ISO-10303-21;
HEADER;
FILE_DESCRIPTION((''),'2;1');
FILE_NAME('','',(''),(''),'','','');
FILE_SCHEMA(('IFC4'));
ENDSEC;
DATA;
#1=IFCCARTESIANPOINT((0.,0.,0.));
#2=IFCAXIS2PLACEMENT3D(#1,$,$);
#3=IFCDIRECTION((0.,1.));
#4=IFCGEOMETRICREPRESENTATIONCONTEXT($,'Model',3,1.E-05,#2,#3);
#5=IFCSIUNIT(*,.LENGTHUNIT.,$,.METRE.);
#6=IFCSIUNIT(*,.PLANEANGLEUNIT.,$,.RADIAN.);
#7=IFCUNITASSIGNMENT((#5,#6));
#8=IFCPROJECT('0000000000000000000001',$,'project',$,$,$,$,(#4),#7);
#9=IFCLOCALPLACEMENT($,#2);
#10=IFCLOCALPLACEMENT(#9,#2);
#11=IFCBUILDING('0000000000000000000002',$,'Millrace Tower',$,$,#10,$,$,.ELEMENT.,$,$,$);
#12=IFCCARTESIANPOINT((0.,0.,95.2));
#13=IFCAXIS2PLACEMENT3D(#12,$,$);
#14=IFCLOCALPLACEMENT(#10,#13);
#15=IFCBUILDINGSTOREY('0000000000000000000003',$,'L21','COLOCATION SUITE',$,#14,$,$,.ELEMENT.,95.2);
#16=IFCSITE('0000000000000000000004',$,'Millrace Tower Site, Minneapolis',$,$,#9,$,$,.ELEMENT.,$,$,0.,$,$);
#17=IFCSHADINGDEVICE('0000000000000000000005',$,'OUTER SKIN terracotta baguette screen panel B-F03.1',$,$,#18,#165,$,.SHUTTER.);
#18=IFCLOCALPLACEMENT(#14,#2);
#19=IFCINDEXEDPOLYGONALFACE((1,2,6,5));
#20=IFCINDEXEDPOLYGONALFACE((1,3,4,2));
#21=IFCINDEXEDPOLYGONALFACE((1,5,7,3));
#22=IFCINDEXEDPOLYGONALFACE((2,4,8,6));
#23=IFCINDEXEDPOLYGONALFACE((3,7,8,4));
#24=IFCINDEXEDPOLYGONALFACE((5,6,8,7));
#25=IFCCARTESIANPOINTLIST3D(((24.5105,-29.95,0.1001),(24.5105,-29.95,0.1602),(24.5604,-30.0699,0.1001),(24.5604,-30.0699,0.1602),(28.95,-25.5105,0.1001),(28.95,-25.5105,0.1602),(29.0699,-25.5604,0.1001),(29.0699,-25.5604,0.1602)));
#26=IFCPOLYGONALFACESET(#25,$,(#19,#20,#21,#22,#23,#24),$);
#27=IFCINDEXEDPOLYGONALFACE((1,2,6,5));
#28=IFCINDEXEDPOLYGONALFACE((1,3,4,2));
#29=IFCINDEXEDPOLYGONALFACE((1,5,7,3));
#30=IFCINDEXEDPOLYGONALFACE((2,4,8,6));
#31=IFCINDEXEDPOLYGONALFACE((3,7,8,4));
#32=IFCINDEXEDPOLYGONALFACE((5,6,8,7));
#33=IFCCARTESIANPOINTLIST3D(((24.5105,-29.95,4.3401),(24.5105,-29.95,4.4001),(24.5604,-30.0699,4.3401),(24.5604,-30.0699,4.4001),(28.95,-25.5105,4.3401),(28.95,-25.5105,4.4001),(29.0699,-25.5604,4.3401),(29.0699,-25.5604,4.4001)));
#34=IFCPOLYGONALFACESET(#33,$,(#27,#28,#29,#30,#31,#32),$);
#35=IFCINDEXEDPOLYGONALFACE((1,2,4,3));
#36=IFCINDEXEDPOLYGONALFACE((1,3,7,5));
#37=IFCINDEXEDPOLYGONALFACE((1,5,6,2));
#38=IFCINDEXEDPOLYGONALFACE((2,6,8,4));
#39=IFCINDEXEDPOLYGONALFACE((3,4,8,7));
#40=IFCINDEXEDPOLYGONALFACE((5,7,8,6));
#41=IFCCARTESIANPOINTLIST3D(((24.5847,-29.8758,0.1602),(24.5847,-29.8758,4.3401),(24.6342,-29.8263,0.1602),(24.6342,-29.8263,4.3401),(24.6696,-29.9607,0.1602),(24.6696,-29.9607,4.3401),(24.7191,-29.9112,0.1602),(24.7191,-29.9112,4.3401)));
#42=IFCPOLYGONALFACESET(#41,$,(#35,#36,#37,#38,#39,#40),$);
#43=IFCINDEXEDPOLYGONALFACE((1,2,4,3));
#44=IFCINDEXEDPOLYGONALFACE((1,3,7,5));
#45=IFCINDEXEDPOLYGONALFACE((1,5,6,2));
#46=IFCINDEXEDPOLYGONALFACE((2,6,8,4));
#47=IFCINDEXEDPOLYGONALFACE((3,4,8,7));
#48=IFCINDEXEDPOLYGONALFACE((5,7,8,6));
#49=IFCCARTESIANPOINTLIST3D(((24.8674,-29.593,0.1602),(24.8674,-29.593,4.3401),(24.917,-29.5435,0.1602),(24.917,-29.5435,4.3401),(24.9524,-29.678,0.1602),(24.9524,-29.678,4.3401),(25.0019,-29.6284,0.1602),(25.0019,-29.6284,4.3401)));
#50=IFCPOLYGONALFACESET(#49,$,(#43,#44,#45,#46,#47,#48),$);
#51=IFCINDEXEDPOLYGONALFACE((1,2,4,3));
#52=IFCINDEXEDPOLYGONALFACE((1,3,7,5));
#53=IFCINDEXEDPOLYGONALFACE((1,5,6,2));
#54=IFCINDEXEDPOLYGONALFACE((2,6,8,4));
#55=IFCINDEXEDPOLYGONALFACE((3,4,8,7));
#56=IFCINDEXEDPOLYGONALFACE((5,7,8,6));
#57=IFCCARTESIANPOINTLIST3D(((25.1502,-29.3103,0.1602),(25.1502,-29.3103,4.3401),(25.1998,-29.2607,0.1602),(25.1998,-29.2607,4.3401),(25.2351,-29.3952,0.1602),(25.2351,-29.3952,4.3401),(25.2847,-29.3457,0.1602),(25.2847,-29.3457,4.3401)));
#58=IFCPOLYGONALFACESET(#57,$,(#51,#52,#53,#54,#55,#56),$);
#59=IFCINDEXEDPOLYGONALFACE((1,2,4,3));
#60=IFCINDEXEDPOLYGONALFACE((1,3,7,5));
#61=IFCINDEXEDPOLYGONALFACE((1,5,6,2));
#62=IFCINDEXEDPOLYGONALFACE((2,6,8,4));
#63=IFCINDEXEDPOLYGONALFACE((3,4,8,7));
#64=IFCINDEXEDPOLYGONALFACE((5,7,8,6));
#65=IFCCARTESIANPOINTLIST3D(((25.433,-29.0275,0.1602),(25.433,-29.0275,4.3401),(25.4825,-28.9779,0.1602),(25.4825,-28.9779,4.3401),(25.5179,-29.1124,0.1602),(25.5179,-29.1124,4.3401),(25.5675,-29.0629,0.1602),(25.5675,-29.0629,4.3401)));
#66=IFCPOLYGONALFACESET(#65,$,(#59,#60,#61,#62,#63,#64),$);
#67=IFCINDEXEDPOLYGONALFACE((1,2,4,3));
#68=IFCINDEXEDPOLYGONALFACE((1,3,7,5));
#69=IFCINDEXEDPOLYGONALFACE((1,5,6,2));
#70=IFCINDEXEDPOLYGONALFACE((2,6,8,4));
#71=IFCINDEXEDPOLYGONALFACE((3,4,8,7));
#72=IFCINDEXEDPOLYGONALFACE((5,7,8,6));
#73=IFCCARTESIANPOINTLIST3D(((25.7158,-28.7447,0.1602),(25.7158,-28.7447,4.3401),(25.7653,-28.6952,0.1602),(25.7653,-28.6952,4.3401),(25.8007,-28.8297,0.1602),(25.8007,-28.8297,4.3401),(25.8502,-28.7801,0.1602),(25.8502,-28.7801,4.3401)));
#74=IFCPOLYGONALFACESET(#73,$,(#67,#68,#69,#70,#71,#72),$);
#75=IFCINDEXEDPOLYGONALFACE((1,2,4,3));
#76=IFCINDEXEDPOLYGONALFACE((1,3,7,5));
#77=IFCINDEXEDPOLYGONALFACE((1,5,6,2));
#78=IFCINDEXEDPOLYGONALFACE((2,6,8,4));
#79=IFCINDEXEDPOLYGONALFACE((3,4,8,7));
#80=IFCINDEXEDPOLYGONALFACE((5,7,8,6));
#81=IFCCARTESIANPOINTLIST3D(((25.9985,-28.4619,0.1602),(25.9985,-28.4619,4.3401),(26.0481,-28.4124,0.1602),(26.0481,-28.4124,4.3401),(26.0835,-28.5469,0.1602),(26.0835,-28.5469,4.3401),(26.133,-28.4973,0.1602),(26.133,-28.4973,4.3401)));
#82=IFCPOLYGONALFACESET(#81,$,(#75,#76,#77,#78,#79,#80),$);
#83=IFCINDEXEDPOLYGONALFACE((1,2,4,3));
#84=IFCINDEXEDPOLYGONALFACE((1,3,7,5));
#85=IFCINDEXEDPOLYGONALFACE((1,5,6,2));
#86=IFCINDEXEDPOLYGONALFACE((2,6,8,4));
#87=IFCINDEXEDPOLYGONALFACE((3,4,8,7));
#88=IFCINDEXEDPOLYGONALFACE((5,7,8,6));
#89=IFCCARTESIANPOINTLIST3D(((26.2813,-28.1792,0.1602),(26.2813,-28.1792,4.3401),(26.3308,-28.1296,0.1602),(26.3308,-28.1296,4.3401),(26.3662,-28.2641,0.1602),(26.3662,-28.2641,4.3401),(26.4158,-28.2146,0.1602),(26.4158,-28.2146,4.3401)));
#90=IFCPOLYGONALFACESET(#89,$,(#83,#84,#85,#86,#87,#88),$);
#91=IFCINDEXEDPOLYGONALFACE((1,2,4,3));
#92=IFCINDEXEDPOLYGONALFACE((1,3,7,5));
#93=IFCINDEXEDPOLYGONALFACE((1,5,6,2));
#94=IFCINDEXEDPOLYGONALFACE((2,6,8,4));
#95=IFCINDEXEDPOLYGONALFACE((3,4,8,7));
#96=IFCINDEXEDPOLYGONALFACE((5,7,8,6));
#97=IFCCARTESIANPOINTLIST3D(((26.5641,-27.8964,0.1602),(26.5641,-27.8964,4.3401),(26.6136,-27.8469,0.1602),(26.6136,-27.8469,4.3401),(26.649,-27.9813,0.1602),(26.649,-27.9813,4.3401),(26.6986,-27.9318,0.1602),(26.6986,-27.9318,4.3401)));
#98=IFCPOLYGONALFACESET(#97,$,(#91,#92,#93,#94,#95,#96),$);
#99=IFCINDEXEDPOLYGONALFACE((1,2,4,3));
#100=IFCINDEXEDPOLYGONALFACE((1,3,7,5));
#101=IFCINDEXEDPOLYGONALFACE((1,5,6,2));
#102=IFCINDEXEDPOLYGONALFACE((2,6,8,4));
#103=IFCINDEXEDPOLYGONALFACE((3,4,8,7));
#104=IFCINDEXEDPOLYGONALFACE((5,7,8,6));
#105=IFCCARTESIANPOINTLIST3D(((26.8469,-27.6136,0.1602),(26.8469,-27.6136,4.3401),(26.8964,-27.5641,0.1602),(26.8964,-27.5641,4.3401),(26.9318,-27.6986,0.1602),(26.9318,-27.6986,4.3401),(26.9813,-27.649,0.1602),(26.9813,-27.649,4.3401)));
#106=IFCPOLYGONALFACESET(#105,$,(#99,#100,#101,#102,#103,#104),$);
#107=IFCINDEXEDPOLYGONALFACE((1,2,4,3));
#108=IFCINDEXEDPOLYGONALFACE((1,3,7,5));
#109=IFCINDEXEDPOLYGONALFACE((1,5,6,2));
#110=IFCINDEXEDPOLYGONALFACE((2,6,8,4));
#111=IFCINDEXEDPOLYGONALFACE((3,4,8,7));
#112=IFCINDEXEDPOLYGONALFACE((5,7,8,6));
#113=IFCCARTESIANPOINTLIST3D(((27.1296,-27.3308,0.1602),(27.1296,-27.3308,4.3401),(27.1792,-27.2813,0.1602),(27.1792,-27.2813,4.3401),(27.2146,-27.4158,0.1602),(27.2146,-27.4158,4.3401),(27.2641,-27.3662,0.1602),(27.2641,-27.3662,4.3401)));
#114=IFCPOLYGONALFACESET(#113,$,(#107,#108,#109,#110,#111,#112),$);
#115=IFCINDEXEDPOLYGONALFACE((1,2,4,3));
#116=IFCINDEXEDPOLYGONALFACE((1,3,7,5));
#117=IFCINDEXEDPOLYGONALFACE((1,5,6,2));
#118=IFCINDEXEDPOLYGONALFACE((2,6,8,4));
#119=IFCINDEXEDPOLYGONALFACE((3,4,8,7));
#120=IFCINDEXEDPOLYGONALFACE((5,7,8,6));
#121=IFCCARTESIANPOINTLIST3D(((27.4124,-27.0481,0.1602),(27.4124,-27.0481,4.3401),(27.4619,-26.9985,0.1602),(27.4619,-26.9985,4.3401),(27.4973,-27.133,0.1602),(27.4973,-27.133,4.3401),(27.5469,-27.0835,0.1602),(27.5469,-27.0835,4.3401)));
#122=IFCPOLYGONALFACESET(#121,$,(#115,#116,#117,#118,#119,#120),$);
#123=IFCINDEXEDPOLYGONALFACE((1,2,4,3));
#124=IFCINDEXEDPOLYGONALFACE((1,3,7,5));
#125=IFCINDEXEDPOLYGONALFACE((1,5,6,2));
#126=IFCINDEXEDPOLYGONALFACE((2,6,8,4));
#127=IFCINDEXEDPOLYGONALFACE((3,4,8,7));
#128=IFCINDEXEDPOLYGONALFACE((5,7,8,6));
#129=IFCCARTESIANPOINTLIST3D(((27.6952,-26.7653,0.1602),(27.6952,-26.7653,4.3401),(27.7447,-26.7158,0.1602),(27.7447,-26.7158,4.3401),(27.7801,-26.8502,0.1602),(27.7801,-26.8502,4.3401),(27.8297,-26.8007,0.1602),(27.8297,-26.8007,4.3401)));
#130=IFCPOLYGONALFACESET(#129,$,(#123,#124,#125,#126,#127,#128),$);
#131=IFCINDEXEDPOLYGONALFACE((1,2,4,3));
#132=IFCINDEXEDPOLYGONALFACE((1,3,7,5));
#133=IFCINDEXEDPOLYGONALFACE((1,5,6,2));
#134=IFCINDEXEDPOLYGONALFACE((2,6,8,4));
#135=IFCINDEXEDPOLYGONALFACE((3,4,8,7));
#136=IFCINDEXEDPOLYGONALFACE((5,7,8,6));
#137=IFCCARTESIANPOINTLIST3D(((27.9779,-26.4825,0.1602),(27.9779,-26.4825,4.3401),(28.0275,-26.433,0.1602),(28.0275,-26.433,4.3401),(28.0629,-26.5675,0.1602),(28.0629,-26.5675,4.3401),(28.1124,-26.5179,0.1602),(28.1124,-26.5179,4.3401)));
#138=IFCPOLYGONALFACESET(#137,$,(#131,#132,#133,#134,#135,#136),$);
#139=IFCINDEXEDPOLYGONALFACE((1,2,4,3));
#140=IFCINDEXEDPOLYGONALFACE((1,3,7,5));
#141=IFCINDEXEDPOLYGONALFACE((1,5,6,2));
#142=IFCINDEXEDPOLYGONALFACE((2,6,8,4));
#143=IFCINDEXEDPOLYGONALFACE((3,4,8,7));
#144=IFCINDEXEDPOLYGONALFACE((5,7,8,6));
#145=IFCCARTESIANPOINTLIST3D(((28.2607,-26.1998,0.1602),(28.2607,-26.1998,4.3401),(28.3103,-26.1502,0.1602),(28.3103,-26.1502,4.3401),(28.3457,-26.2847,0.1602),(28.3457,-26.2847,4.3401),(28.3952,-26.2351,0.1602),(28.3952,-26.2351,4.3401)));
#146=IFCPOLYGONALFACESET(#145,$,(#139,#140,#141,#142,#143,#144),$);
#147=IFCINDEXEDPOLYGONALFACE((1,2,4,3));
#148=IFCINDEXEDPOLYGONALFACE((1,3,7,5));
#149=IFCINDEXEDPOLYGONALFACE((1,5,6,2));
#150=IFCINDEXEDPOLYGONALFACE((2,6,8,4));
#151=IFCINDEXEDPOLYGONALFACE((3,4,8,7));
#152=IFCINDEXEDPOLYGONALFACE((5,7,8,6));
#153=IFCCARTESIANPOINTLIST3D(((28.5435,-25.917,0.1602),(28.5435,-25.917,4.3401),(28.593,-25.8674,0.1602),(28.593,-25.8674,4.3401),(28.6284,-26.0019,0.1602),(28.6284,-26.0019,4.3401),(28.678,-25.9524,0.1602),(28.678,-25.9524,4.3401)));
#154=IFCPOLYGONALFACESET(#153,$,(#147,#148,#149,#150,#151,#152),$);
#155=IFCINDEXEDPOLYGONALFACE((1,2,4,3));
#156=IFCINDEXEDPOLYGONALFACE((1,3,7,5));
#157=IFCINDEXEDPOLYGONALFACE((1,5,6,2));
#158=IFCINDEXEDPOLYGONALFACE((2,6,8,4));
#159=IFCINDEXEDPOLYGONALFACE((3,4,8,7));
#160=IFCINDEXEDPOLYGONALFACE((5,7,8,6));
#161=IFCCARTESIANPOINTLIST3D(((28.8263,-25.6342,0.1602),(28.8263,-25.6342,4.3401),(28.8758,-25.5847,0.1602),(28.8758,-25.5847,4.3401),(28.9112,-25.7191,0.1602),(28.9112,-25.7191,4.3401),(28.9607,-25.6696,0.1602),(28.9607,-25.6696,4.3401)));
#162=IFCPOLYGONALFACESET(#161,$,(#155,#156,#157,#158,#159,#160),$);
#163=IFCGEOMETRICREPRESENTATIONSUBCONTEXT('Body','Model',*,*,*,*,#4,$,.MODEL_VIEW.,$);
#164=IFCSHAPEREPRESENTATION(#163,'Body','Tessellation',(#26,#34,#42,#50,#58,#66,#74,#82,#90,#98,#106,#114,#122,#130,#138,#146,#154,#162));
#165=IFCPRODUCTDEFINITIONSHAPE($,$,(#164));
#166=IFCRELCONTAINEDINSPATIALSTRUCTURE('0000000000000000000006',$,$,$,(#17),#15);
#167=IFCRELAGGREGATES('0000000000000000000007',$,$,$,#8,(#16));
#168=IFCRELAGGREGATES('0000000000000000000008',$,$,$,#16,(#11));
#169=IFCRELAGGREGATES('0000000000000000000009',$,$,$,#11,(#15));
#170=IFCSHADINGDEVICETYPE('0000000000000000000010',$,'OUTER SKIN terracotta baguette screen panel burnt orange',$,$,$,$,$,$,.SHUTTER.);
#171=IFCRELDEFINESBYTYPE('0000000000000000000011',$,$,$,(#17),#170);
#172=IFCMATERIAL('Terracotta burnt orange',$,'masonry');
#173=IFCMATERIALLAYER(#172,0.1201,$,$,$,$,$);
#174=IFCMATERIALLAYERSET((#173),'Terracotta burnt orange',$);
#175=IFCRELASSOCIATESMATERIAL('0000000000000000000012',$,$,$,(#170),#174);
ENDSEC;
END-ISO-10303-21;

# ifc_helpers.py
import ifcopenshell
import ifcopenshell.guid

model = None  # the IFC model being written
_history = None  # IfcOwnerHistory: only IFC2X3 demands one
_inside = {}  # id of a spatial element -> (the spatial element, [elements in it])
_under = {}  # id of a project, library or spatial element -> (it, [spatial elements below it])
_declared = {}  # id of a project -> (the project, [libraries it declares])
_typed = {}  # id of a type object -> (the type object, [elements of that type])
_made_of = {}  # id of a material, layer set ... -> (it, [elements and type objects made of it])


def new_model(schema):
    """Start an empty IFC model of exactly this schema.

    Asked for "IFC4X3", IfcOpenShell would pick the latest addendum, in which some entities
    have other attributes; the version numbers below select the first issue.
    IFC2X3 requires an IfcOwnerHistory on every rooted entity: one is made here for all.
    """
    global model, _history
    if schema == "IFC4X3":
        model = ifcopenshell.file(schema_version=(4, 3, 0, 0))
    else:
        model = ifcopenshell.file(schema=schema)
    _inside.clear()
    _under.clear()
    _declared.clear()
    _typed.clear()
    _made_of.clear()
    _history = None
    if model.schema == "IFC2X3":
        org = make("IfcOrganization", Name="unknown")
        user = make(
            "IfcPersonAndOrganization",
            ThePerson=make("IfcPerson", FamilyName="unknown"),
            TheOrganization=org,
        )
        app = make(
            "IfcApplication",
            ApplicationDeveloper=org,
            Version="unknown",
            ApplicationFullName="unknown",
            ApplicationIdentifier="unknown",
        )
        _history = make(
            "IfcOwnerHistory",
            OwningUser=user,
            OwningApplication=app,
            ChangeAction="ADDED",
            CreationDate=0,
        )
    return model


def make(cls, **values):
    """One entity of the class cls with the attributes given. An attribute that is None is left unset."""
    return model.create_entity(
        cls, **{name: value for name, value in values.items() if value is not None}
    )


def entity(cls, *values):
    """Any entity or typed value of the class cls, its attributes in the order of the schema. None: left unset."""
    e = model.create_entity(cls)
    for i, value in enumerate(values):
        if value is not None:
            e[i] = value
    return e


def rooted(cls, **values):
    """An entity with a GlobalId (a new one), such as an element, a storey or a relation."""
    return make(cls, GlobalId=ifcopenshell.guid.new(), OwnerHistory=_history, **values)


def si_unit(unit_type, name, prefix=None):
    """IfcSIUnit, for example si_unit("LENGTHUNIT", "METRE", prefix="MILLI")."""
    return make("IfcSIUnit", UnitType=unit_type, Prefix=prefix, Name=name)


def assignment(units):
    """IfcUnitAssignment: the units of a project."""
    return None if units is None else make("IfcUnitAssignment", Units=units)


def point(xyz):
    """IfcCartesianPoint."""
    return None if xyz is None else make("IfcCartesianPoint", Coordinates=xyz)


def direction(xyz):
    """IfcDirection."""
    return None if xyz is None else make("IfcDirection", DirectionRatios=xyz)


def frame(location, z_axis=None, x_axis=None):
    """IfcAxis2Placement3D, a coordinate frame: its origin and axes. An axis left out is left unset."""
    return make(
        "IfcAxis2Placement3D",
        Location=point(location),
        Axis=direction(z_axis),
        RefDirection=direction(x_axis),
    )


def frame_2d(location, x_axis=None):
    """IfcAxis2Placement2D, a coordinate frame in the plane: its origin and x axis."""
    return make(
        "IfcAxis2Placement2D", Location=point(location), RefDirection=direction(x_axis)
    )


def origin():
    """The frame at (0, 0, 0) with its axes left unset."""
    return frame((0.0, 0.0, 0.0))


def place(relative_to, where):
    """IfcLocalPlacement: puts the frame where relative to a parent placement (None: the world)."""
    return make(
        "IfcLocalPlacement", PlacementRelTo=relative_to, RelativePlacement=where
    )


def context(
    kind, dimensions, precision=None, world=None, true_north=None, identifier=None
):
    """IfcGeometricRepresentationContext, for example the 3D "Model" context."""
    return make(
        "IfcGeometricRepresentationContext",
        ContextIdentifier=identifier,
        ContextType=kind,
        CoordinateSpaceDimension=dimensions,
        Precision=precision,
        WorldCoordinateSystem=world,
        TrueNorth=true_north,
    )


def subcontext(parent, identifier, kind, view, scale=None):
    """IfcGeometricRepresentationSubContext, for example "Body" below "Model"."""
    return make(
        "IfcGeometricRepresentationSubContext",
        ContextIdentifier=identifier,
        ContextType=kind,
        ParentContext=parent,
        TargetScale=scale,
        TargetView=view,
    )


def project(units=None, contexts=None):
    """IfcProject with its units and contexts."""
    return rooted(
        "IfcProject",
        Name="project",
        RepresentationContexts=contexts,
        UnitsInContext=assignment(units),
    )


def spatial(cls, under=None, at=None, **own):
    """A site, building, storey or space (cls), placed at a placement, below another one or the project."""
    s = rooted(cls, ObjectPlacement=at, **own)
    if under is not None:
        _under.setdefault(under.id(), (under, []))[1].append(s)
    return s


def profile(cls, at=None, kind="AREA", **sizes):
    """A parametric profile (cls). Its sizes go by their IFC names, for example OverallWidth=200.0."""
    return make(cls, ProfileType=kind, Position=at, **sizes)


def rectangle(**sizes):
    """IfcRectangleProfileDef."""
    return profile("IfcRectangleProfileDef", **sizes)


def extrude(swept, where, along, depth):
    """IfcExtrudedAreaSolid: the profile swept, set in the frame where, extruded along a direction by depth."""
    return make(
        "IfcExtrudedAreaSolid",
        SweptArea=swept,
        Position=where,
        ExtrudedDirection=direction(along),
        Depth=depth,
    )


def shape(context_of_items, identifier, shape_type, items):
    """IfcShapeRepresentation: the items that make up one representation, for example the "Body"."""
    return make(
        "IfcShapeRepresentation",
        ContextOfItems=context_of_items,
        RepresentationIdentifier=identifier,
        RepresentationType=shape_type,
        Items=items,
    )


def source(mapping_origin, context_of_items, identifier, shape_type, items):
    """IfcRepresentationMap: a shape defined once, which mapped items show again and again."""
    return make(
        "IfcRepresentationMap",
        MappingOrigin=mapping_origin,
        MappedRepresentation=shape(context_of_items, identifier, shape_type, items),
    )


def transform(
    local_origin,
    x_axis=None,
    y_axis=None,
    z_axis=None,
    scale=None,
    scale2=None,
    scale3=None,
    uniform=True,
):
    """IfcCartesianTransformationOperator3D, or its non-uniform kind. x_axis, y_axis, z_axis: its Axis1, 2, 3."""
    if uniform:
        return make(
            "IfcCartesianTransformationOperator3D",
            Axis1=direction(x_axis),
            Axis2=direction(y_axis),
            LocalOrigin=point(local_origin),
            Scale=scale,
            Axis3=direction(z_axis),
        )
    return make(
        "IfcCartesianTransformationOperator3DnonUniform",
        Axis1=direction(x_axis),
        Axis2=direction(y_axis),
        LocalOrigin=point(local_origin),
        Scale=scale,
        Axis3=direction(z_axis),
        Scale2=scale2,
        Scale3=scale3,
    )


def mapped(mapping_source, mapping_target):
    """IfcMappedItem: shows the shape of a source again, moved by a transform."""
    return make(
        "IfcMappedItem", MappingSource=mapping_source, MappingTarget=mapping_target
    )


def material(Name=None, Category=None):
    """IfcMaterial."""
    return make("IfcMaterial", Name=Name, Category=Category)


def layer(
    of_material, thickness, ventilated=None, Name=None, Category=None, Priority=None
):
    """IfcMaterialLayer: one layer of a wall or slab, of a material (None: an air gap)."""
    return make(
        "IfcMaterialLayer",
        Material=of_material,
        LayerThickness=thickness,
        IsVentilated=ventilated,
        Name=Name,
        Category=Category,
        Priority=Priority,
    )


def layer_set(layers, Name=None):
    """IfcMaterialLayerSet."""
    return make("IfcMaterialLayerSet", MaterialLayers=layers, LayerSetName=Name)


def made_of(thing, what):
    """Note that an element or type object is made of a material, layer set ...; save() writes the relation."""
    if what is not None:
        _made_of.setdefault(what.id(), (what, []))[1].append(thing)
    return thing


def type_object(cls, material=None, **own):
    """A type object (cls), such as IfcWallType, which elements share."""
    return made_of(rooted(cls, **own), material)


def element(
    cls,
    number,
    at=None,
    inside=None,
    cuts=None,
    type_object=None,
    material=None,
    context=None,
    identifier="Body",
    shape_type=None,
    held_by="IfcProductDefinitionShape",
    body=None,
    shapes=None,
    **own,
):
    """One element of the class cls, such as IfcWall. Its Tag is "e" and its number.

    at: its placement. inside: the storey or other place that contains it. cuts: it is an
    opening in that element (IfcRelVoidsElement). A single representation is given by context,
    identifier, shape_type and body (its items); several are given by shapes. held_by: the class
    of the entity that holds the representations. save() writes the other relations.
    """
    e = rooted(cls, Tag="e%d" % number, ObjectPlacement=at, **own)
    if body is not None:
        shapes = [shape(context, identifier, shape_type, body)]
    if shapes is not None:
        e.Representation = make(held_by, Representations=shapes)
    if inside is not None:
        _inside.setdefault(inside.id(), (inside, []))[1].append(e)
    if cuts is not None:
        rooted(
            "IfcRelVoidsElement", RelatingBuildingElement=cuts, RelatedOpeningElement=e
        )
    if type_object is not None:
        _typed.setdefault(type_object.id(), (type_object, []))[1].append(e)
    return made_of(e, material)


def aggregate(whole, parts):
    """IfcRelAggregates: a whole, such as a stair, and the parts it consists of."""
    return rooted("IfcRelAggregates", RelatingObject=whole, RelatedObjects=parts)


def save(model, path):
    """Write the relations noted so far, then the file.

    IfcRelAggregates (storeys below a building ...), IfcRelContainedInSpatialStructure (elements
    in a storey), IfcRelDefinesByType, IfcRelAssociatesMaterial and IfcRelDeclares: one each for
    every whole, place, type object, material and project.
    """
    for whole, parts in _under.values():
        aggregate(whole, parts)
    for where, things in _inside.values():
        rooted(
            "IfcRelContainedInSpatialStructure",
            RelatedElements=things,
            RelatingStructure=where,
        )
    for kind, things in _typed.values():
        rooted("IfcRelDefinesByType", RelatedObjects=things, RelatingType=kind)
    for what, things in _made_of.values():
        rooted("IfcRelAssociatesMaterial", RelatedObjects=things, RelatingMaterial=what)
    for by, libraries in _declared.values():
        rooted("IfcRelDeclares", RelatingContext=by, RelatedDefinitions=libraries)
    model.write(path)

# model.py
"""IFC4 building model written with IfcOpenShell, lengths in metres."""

from ifc_helpers import new_model, entity, si_unit, direction, frame, frame_2d, origin, place, context, subcontext, project, spatial, rectangle, extrude, source, transform, mapped, material, layer, layer_set, type_object, element, save


model = new_model("IFC4")

# Units and contexts
model_context = context("Model", 3, precision=1e-05, world=origin(), true_north=direction((0.0, 1.0)))
body_context = subcontext(model_context, "Body", "Model", "MODEL_VIEW")
ifc_project = project(units=[si_unit("LENGTHUNIT", "METRE"), si_unit("PLANEANGLEUNIT", "RADIAN")], contexts=[model_context])

# Site, building, storey
site_placement = place(None, origin())
site = spatial("IfcSite", under=ifc_project, at=site_placement, Name="Millrace Tower Site, Minneapolis", CompositionType="ELEMENT", RefElevation=0.0)
building_placement = place(site_placement, origin())
building = spatial("IfcBuilding", under=site, at=building_placement, Name="Millrace Tower", CompositionType="ELEMENT")
storey_placement = place(building_placement, frame((0.0, 0.0, 95.2)))
storey = spatial("IfcBuildingStorey", under=building, at=storey_placement, Name="L21", Description="COLOCATION SUITE", CompositionType="ELEMENT", Elevation=95.2)

# Shading device
ifc_material_1 = material(Name="Terracotta burnt orange", Category="masonry")
ifc_layer_1 = layer(ifc_material_1, 0.1201)
ifc_layer_set_1 = layer_set([ifc_layer_1], Name="Terracotta burnt orange")
shading_device_type = type_object("IfcShadingDeviceType", Name="OUTER SKIN terracotta baguette screen panel burnt orange", PredefinedType="SHUTTER", material=ifc_layer_set_1)
cartesian_point_1 = entity("IfcCartesianPoint", [-3.1392, 0.0601])
shared_polyline_1 = entity("IfcPolyline", [cartesian_point_1, entity("IfcCartesianPoint", [3.1392, 0.0601]), entity("IfcCartesianPoint", [3.1887, -0.0601]), entity("IfcCartesianPoint", [-3.1887, -0.0601]), cartesian_point_1])
shared_shape_1 = source(origin(), body_context, "Body", "SweptSolid", [
    entity("IfcExtrudedAreaSolid", entity("IfcArbitraryClosedProfileDef", "AREA", None, shared_polyline_1), entity("IfcAxis2Placement3D", entity("IfcCartesianPoint", [0.0, 0.0, 0.0])), entity("IfcDirection", [0.0, 0.0, 1.0]), 0.0601),
    entity("IfcExtrudedAreaSolid", entity("IfcArbitraryClosedProfileDef", "AREA", None, shared_polyline_1), entity("IfcAxis2Placement3D", entity("IfcCartesianPoint", [0.0, 0.0, 4.24])), entity("IfcDirection", [0.0, 0.0, 1.0]), 0.0601),
    extrude(rectangle(XDim=0.0701, YDim=0.1201, at=frame_2d((-2.9993, 0.0))), frame((0.0, 0.0, 0.0601)), (0.0, 0.0, 1.0), 4.1799),
    extrude(rectangle(XDim=0.0701, YDim=0.1201, at=frame_2d((-2.5994, 0.0))), frame((0.0, 0.0, 0.0601)), (0.0, 0.0, 1.0), 4.1799),
    extrude(rectangle(XDim=0.0701, YDim=0.1201, at=frame_2d((-2.1995, 0.0))), frame((0.0, 0.0, 0.0601)), (0.0, 0.0, 1.0), 4.1799),
    extrude(rectangle(XDim=0.0701, YDim=0.1201, at=frame_2d((-1.7996, 0.0))), frame((0.0, 0.0, 0.0601)), (0.0, 0.0, 1.0), 4.1799),
    extrude(rectangle(XDim=0.0701, YDim=0.1201, at=frame_2d((-1.3997, 0.0))), frame((0.0, 0.0, 0.0601)), (0.0, 0.0, 1.0), 4.1799),
    extrude(rectangle(XDim=0.0701, YDim=0.1201, at=frame_2d((-0.9998, 0.0))), frame((0.0, 0.0, 0.0601)), (0.0, 0.0, 1.0), 4.1799),
    extrude(rectangle(XDim=0.0701, YDim=0.1201, at=frame_2d((-0.5999, 0.0))), frame((0.0, 0.0, 0.0601)), (0.0, 0.0, 1.0), 4.1799),
    extrude(rectangle(XDim=0.0701, YDim=0.1201, at=frame_2d((-0.2, 0.0))), frame((0.0, 0.0, 0.0601)), (0.0, 0.0, 1.0), 4.1799),
    extrude(rectangle(XDim=0.0701, YDim=0.1201, at=frame_2d((0.2, 0.0))), frame((0.0, 0.0, 0.0601)), (0.0, 0.0, 1.0), 4.1799),
    extrude(rectangle(XDim=0.0701, YDim=0.1201, at=frame_2d((0.5999, 0.0))), frame((0.0, 0.0, 0.0601)), (0.0, 0.0, 1.0), 4.1799),
    extrude(rectangle(XDim=0.0701, YDim=0.1201, at=frame_2d((0.9998, 0.0))), frame((0.0, 0.0, 0.0601)), (0.0, 0.0, 1.0), 4.1799),
    extrude(rectangle(XDim=0.0701, YDim=0.1201, at=frame_2d((1.3997, 0.0))), frame((0.0, 0.0, 0.0601)), (0.0, 0.0, 1.0), 4.1799),
    extrude(rectangle(XDim=0.0701, YDim=0.1201, at=frame_2d((1.7996, 0.0))), frame((0.0, 0.0, 0.0601)), (0.0, 0.0, 1.0), 4.1799),
    extrude(rectangle(XDim=0.0701, YDim=0.1201, at=frame_2d((2.1995, 0.0))), frame((0.0, 0.0, 0.0601)), (0.0, 0.0, 1.0), 4.1799),
    extrude(rectangle(XDim=0.0701, YDim=0.1201, at=frame_2d((2.5994, 0.0))), frame((0.0, 0.0, 0.0601)), (0.0, 0.0, 1.0), 4.1799),
    extrude(rectangle(XDim=0.0701, YDim=0.1201, at=frame_2d((2.9993, 0.0))), frame((0.0, 0.0, 0.0601)), (0.0, 0.0, 1.0), 4.1799),
])
shading_device_1_placement = place(storey_placement, frame((26.7727, -27.7727, 0.1001), z_axis=(0.0, 0.0, 1.0), x_axis=(0.707107, 0.707107, 0.0)))
element("IfcShadingDevice", 1, at=shading_device_1_placement, inside=storey, type_object=shading_device_type, Name="OUTER SKIN terracotta baguette screen panel B-F03.1", PredefinedType="SHUTTER", context=body_context, shape_type="MappedRepresentation", body=[
    mapped(shared_shape_1, transform((0.0, 0.0, 0.0), scale=1.0)),
])

save(model, "model.ifc")
